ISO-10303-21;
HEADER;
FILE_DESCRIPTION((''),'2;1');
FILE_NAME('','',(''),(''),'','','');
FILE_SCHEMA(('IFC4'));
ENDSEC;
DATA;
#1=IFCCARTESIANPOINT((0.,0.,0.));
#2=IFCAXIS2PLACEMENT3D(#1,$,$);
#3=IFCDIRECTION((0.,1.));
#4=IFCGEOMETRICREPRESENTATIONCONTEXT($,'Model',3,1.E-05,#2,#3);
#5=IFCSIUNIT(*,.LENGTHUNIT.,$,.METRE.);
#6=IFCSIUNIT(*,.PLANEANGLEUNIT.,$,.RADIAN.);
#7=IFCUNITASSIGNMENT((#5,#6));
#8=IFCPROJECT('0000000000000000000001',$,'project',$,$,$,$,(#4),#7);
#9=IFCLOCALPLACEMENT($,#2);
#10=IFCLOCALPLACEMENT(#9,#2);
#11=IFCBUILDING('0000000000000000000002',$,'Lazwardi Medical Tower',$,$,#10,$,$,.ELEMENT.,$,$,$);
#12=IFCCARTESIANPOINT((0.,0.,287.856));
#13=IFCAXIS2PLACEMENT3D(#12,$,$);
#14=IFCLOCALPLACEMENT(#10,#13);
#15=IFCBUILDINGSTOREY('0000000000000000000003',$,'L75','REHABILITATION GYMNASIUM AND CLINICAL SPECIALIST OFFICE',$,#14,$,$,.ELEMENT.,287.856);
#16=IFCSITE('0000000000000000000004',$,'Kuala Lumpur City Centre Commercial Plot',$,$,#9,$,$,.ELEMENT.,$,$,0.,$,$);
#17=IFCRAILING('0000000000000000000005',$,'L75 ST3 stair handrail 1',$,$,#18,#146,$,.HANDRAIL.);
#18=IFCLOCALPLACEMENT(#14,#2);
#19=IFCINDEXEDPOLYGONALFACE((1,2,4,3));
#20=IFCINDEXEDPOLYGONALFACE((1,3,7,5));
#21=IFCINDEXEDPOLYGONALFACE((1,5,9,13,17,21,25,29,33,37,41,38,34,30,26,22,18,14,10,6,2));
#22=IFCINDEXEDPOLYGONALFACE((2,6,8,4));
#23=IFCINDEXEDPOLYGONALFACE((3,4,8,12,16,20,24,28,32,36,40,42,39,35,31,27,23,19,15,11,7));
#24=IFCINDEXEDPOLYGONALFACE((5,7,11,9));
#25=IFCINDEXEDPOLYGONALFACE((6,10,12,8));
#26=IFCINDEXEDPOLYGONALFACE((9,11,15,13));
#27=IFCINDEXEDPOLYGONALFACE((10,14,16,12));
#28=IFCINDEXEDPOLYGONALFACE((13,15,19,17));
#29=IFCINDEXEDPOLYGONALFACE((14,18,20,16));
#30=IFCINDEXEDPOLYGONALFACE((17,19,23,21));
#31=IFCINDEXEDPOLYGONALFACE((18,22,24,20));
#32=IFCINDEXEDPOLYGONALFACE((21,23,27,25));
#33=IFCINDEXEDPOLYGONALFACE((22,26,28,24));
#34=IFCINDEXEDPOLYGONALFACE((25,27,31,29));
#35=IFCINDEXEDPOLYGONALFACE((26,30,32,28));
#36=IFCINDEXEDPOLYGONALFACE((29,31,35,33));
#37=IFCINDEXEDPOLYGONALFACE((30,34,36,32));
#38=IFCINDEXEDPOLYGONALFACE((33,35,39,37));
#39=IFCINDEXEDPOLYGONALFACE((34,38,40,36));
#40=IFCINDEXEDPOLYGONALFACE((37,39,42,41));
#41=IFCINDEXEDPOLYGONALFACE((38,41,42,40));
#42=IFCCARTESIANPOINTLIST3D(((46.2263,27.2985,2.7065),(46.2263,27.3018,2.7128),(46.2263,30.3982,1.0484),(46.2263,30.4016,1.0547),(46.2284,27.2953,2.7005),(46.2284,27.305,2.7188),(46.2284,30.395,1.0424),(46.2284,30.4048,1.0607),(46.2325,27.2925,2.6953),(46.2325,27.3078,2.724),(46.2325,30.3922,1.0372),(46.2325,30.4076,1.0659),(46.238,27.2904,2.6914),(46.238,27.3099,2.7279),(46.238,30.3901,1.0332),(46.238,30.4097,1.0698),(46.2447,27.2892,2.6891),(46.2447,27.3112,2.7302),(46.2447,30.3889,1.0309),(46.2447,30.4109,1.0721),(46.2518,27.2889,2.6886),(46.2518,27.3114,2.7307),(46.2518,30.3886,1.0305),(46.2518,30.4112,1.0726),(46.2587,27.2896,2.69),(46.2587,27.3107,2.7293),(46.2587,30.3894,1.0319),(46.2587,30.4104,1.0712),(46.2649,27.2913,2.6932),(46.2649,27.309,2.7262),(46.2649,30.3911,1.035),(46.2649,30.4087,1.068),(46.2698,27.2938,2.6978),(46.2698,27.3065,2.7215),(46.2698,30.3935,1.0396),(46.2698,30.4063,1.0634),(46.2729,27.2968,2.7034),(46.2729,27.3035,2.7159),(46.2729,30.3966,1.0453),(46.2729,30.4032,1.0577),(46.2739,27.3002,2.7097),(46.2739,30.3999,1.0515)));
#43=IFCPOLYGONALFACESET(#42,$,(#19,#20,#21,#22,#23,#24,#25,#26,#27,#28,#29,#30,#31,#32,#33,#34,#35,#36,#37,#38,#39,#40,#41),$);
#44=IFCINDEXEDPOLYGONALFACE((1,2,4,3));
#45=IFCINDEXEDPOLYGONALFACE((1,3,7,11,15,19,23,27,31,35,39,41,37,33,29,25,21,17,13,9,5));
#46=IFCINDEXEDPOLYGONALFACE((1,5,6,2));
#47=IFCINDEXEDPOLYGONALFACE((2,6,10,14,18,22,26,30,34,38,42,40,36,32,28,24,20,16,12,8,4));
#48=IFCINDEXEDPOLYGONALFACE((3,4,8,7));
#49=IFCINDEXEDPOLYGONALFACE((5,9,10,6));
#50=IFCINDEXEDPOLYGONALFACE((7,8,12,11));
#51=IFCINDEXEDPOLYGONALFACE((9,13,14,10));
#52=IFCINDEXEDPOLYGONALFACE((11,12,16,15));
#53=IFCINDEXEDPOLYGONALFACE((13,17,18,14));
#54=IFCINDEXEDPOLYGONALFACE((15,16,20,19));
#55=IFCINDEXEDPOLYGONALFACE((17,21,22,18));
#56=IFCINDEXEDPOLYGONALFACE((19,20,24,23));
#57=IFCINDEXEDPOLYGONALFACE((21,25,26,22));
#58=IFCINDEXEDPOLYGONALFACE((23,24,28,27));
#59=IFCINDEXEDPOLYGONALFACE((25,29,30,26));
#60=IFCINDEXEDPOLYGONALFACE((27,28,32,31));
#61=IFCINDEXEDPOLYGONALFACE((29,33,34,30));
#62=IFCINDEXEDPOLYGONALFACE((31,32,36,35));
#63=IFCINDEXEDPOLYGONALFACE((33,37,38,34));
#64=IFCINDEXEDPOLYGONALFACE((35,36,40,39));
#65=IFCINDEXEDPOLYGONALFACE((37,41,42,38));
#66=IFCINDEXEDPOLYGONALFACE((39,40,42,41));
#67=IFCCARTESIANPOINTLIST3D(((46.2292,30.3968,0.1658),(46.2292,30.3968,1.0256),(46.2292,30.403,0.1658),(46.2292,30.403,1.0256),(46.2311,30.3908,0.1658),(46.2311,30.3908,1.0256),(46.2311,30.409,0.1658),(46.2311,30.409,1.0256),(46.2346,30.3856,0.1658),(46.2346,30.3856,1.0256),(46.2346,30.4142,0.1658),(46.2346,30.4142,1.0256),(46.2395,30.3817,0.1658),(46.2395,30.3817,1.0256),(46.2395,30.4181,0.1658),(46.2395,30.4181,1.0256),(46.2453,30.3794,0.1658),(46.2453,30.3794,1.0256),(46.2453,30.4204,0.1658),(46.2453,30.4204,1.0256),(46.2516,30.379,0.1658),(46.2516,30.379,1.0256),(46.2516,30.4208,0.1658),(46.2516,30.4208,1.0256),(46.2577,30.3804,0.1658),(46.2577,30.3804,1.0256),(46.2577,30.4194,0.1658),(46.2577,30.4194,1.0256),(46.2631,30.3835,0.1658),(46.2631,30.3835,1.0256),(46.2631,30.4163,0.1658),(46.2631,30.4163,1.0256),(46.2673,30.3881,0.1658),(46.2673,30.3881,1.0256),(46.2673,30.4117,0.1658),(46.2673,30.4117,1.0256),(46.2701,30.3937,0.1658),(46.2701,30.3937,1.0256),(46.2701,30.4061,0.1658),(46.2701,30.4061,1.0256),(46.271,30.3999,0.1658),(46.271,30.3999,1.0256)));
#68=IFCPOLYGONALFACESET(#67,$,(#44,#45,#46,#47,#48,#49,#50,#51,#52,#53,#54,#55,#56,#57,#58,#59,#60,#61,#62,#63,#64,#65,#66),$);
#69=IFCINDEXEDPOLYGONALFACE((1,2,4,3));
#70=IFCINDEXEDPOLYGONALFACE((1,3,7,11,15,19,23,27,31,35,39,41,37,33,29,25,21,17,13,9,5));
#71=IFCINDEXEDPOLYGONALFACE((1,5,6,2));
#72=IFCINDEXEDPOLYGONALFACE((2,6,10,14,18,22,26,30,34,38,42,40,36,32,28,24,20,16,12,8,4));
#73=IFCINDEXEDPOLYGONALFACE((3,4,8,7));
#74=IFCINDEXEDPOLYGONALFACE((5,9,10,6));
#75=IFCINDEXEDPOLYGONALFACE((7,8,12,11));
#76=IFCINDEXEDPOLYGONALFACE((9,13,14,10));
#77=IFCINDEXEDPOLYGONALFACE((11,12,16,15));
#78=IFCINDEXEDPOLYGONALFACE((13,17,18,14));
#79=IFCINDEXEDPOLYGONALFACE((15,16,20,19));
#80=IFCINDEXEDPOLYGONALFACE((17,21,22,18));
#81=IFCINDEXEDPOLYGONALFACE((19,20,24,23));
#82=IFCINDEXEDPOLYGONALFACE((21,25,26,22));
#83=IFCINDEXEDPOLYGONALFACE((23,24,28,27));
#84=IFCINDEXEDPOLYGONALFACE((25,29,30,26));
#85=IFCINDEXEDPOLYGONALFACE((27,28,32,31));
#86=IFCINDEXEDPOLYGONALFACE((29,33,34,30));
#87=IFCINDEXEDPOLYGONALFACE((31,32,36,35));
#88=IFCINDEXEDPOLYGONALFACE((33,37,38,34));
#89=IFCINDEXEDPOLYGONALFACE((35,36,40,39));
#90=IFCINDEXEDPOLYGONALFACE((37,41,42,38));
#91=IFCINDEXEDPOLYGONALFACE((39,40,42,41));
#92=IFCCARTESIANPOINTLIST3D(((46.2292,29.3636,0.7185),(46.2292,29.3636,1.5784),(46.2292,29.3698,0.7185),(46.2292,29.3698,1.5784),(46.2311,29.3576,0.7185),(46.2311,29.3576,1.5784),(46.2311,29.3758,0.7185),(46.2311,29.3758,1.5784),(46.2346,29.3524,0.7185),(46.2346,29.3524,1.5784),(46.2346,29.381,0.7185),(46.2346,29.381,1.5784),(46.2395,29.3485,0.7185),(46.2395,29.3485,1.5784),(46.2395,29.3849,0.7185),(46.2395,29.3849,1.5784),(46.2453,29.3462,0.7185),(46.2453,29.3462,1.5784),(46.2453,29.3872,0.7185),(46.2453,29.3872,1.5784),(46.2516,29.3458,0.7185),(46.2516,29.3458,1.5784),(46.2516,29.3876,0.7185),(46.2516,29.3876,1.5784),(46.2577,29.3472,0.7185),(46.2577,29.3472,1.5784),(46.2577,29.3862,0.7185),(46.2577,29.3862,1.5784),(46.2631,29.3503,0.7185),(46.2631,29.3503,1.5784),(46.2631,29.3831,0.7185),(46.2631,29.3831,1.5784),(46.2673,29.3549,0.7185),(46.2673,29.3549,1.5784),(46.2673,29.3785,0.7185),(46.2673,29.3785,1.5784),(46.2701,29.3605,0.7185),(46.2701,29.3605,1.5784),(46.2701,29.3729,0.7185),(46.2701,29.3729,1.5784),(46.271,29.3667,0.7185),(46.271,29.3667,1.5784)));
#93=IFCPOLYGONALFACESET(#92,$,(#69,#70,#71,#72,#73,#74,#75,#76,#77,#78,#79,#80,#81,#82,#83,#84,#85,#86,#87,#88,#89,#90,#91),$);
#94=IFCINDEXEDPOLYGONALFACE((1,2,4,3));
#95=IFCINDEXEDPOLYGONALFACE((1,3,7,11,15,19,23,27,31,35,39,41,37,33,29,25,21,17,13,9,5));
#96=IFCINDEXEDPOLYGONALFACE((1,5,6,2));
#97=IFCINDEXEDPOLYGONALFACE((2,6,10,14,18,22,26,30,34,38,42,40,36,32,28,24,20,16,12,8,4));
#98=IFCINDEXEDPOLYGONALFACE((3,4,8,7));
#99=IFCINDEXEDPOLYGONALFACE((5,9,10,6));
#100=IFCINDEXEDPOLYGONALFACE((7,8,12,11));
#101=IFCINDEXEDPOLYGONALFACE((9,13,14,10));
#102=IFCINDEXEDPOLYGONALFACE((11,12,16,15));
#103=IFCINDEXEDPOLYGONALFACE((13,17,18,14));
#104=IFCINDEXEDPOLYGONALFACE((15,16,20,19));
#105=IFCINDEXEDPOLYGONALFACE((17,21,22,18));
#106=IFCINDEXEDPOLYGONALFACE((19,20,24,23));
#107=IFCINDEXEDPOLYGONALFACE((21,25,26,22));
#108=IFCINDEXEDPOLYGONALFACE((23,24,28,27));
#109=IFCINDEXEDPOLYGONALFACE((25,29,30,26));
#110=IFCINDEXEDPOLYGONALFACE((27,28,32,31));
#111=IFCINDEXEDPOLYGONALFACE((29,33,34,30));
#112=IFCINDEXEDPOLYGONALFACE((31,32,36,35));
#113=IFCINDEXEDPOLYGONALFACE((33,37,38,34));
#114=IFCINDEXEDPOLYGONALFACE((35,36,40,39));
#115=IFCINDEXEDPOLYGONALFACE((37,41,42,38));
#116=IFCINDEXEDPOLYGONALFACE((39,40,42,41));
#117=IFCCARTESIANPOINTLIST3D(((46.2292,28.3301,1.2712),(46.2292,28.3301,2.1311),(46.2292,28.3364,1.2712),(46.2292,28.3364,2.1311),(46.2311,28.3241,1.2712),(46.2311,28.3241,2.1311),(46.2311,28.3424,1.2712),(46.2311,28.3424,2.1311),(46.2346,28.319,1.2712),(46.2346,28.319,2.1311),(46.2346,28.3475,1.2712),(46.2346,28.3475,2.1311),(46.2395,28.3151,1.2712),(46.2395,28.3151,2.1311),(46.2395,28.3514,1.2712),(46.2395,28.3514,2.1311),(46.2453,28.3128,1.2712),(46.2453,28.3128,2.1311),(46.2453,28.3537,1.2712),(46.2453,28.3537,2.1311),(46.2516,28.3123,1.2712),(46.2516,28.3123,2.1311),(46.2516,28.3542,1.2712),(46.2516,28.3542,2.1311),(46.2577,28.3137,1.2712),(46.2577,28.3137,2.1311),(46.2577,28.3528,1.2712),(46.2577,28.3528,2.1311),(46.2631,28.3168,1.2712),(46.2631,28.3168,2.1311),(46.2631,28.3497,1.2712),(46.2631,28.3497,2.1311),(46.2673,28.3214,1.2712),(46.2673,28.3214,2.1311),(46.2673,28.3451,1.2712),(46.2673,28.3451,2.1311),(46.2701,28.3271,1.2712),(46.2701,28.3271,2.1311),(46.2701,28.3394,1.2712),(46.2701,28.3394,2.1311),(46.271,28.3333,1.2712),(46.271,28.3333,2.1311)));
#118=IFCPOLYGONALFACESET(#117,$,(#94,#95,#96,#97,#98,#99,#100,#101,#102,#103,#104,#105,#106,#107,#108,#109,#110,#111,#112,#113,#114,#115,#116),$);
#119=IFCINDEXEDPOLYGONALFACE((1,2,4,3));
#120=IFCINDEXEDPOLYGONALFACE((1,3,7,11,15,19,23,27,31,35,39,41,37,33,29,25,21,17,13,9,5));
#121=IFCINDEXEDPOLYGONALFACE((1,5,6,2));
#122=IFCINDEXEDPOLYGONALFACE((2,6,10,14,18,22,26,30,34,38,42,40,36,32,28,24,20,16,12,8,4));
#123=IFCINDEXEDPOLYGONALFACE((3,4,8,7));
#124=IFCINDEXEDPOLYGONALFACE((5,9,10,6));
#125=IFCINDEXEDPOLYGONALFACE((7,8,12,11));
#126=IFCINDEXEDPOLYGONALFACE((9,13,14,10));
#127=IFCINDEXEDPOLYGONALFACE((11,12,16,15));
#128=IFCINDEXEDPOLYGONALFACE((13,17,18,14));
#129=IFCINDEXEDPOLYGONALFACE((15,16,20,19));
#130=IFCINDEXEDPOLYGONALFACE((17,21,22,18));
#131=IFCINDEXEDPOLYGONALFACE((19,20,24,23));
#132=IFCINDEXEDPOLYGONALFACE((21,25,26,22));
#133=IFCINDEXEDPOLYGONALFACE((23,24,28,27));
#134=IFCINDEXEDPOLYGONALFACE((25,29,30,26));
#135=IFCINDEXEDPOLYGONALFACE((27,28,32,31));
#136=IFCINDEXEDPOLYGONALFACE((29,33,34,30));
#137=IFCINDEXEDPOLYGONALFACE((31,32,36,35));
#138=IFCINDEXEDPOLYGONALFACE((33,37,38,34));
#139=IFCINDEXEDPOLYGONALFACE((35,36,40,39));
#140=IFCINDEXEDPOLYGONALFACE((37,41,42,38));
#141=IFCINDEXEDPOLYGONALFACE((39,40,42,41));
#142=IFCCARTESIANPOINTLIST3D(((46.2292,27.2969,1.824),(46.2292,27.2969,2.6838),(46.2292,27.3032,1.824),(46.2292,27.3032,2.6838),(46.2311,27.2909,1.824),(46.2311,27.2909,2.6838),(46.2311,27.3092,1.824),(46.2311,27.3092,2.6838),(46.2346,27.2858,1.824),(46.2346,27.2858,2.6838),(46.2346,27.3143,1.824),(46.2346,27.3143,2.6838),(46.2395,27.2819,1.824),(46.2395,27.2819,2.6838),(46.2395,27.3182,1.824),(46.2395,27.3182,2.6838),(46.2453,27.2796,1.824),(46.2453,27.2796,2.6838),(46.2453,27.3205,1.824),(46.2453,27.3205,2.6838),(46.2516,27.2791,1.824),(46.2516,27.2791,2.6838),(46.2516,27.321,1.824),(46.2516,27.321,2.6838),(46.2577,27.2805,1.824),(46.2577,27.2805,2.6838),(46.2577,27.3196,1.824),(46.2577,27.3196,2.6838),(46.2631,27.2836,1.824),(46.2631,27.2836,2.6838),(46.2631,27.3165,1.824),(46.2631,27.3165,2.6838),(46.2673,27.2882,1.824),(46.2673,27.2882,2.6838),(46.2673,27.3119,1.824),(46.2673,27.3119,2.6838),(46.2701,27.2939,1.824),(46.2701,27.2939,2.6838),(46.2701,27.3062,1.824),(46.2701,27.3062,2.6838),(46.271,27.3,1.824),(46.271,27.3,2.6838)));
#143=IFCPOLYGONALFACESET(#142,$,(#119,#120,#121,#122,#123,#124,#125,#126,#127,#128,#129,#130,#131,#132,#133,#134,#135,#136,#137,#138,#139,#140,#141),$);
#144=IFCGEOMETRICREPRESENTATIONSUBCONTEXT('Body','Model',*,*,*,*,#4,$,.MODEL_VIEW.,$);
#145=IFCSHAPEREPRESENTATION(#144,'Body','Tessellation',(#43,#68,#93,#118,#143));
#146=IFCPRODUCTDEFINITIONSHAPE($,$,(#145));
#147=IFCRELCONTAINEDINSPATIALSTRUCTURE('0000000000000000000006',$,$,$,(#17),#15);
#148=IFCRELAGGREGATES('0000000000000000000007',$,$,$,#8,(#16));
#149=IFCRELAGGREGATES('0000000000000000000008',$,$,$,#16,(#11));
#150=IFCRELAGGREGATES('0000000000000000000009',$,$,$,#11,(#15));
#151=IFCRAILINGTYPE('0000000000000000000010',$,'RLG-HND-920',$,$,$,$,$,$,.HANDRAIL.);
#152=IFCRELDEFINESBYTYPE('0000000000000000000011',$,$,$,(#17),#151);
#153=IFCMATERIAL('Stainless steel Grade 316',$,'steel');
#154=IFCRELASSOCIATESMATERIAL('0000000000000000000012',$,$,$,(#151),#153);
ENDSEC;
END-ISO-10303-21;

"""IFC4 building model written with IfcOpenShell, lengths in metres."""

from ifc_helpers import new_model, si_unit, direction, frame, origin, origin_2d, place, context, subcontext, project, spatial, circle, extrude, material, type_object, element, save


model = new_model("IFC4")

# Units and contexts
model_context = context("Model", 3, precision=1e-05, world=origin(), true_north=direction((0.0, 1.0)))
body_context = subcontext(model_context, "Body", "Model", "MODEL_VIEW")
ifc_project = project(units=[si_unit("LENGTHUNIT", "METRE"), si_unit("PLANEANGLEUNIT", "RADIAN")], contexts=[model_context])

# Site, building, storey
site_placement = place(None, origin())
site = spatial("IfcSite", under=ifc_project, at=site_placement, Name="Kuala Lumpur City Centre Commercial Plot", CompositionType="ELEMENT", RefElevation=0.0)
building_placement = place(site_placement, origin())
building = spatial("IfcBuilding", under=site, at=building_placement, Name="Lazwardi Medical Tower", CompositionType="ELEMENT")
storey_placement = place(building_placement, frame((0.0, 0.0, 287.856)))
storey = spatial("IfcBuildingStorey", under=building, at=storey_placement, Name="L75", Description="REHABILITATION GYMNASIUM AND CLINICAL SPECIALIST OFFICE", CompositionType="ELEMENT", Elevation=287.856)

# Railing
ifc_material_1 = material(Name="Stainless steel Grade 316", Category="steel")
railing_type_1 = type_object("IfcRailingType", Name="RLG-HND-920", PredefinedType="HANDRAIL", material=ifc_material_1)
railing_1_placement = place(storey_placement, frame((46.25, 30.3999, 0.1658)))
element("IfcRailing", 1, at=railing_1_placement, inside=storey, type_object=railing_type_1, Name="L75 ST3 stair handrail 1", PredefinedType="HANDRAIL", context=body_context, shape_type="SweptSolid", body=[
    extrude(circle(Radius=0.0239, at=origin_2d()), frame((0.0, 0.0, 0.8857), z_axis=(0.0, -0.881768, 0.471684), x_axis=(1.0, 0.0, 0.0)), (0.0, 0.0, 1.0), 3.5154),
    extrude(circle(Radius=0.021, at=origin_2d()), origin(), (0.0, 0.0, 1.0), 0.8599),
    extrude(circle(Radius=0.021, at=origin_2d()), frame((0.0, -1.0332, 0.5527)), (0.0, 0.0, 1.0), 0.8599),
    extrude(circle(Radius=0.021, at=origin_2d()), frame((0.0, -2.0667, 1.1055)), (0.0, 0.0, 1.0), 0.8599),
    extrude(circle(Radius=0.021, at=origin_2d()), frame((0.0, -3.0999, 1.6582)), (0.0, 0.0, 1.0), 0.8599),
])

save(model, "model.ifc")
